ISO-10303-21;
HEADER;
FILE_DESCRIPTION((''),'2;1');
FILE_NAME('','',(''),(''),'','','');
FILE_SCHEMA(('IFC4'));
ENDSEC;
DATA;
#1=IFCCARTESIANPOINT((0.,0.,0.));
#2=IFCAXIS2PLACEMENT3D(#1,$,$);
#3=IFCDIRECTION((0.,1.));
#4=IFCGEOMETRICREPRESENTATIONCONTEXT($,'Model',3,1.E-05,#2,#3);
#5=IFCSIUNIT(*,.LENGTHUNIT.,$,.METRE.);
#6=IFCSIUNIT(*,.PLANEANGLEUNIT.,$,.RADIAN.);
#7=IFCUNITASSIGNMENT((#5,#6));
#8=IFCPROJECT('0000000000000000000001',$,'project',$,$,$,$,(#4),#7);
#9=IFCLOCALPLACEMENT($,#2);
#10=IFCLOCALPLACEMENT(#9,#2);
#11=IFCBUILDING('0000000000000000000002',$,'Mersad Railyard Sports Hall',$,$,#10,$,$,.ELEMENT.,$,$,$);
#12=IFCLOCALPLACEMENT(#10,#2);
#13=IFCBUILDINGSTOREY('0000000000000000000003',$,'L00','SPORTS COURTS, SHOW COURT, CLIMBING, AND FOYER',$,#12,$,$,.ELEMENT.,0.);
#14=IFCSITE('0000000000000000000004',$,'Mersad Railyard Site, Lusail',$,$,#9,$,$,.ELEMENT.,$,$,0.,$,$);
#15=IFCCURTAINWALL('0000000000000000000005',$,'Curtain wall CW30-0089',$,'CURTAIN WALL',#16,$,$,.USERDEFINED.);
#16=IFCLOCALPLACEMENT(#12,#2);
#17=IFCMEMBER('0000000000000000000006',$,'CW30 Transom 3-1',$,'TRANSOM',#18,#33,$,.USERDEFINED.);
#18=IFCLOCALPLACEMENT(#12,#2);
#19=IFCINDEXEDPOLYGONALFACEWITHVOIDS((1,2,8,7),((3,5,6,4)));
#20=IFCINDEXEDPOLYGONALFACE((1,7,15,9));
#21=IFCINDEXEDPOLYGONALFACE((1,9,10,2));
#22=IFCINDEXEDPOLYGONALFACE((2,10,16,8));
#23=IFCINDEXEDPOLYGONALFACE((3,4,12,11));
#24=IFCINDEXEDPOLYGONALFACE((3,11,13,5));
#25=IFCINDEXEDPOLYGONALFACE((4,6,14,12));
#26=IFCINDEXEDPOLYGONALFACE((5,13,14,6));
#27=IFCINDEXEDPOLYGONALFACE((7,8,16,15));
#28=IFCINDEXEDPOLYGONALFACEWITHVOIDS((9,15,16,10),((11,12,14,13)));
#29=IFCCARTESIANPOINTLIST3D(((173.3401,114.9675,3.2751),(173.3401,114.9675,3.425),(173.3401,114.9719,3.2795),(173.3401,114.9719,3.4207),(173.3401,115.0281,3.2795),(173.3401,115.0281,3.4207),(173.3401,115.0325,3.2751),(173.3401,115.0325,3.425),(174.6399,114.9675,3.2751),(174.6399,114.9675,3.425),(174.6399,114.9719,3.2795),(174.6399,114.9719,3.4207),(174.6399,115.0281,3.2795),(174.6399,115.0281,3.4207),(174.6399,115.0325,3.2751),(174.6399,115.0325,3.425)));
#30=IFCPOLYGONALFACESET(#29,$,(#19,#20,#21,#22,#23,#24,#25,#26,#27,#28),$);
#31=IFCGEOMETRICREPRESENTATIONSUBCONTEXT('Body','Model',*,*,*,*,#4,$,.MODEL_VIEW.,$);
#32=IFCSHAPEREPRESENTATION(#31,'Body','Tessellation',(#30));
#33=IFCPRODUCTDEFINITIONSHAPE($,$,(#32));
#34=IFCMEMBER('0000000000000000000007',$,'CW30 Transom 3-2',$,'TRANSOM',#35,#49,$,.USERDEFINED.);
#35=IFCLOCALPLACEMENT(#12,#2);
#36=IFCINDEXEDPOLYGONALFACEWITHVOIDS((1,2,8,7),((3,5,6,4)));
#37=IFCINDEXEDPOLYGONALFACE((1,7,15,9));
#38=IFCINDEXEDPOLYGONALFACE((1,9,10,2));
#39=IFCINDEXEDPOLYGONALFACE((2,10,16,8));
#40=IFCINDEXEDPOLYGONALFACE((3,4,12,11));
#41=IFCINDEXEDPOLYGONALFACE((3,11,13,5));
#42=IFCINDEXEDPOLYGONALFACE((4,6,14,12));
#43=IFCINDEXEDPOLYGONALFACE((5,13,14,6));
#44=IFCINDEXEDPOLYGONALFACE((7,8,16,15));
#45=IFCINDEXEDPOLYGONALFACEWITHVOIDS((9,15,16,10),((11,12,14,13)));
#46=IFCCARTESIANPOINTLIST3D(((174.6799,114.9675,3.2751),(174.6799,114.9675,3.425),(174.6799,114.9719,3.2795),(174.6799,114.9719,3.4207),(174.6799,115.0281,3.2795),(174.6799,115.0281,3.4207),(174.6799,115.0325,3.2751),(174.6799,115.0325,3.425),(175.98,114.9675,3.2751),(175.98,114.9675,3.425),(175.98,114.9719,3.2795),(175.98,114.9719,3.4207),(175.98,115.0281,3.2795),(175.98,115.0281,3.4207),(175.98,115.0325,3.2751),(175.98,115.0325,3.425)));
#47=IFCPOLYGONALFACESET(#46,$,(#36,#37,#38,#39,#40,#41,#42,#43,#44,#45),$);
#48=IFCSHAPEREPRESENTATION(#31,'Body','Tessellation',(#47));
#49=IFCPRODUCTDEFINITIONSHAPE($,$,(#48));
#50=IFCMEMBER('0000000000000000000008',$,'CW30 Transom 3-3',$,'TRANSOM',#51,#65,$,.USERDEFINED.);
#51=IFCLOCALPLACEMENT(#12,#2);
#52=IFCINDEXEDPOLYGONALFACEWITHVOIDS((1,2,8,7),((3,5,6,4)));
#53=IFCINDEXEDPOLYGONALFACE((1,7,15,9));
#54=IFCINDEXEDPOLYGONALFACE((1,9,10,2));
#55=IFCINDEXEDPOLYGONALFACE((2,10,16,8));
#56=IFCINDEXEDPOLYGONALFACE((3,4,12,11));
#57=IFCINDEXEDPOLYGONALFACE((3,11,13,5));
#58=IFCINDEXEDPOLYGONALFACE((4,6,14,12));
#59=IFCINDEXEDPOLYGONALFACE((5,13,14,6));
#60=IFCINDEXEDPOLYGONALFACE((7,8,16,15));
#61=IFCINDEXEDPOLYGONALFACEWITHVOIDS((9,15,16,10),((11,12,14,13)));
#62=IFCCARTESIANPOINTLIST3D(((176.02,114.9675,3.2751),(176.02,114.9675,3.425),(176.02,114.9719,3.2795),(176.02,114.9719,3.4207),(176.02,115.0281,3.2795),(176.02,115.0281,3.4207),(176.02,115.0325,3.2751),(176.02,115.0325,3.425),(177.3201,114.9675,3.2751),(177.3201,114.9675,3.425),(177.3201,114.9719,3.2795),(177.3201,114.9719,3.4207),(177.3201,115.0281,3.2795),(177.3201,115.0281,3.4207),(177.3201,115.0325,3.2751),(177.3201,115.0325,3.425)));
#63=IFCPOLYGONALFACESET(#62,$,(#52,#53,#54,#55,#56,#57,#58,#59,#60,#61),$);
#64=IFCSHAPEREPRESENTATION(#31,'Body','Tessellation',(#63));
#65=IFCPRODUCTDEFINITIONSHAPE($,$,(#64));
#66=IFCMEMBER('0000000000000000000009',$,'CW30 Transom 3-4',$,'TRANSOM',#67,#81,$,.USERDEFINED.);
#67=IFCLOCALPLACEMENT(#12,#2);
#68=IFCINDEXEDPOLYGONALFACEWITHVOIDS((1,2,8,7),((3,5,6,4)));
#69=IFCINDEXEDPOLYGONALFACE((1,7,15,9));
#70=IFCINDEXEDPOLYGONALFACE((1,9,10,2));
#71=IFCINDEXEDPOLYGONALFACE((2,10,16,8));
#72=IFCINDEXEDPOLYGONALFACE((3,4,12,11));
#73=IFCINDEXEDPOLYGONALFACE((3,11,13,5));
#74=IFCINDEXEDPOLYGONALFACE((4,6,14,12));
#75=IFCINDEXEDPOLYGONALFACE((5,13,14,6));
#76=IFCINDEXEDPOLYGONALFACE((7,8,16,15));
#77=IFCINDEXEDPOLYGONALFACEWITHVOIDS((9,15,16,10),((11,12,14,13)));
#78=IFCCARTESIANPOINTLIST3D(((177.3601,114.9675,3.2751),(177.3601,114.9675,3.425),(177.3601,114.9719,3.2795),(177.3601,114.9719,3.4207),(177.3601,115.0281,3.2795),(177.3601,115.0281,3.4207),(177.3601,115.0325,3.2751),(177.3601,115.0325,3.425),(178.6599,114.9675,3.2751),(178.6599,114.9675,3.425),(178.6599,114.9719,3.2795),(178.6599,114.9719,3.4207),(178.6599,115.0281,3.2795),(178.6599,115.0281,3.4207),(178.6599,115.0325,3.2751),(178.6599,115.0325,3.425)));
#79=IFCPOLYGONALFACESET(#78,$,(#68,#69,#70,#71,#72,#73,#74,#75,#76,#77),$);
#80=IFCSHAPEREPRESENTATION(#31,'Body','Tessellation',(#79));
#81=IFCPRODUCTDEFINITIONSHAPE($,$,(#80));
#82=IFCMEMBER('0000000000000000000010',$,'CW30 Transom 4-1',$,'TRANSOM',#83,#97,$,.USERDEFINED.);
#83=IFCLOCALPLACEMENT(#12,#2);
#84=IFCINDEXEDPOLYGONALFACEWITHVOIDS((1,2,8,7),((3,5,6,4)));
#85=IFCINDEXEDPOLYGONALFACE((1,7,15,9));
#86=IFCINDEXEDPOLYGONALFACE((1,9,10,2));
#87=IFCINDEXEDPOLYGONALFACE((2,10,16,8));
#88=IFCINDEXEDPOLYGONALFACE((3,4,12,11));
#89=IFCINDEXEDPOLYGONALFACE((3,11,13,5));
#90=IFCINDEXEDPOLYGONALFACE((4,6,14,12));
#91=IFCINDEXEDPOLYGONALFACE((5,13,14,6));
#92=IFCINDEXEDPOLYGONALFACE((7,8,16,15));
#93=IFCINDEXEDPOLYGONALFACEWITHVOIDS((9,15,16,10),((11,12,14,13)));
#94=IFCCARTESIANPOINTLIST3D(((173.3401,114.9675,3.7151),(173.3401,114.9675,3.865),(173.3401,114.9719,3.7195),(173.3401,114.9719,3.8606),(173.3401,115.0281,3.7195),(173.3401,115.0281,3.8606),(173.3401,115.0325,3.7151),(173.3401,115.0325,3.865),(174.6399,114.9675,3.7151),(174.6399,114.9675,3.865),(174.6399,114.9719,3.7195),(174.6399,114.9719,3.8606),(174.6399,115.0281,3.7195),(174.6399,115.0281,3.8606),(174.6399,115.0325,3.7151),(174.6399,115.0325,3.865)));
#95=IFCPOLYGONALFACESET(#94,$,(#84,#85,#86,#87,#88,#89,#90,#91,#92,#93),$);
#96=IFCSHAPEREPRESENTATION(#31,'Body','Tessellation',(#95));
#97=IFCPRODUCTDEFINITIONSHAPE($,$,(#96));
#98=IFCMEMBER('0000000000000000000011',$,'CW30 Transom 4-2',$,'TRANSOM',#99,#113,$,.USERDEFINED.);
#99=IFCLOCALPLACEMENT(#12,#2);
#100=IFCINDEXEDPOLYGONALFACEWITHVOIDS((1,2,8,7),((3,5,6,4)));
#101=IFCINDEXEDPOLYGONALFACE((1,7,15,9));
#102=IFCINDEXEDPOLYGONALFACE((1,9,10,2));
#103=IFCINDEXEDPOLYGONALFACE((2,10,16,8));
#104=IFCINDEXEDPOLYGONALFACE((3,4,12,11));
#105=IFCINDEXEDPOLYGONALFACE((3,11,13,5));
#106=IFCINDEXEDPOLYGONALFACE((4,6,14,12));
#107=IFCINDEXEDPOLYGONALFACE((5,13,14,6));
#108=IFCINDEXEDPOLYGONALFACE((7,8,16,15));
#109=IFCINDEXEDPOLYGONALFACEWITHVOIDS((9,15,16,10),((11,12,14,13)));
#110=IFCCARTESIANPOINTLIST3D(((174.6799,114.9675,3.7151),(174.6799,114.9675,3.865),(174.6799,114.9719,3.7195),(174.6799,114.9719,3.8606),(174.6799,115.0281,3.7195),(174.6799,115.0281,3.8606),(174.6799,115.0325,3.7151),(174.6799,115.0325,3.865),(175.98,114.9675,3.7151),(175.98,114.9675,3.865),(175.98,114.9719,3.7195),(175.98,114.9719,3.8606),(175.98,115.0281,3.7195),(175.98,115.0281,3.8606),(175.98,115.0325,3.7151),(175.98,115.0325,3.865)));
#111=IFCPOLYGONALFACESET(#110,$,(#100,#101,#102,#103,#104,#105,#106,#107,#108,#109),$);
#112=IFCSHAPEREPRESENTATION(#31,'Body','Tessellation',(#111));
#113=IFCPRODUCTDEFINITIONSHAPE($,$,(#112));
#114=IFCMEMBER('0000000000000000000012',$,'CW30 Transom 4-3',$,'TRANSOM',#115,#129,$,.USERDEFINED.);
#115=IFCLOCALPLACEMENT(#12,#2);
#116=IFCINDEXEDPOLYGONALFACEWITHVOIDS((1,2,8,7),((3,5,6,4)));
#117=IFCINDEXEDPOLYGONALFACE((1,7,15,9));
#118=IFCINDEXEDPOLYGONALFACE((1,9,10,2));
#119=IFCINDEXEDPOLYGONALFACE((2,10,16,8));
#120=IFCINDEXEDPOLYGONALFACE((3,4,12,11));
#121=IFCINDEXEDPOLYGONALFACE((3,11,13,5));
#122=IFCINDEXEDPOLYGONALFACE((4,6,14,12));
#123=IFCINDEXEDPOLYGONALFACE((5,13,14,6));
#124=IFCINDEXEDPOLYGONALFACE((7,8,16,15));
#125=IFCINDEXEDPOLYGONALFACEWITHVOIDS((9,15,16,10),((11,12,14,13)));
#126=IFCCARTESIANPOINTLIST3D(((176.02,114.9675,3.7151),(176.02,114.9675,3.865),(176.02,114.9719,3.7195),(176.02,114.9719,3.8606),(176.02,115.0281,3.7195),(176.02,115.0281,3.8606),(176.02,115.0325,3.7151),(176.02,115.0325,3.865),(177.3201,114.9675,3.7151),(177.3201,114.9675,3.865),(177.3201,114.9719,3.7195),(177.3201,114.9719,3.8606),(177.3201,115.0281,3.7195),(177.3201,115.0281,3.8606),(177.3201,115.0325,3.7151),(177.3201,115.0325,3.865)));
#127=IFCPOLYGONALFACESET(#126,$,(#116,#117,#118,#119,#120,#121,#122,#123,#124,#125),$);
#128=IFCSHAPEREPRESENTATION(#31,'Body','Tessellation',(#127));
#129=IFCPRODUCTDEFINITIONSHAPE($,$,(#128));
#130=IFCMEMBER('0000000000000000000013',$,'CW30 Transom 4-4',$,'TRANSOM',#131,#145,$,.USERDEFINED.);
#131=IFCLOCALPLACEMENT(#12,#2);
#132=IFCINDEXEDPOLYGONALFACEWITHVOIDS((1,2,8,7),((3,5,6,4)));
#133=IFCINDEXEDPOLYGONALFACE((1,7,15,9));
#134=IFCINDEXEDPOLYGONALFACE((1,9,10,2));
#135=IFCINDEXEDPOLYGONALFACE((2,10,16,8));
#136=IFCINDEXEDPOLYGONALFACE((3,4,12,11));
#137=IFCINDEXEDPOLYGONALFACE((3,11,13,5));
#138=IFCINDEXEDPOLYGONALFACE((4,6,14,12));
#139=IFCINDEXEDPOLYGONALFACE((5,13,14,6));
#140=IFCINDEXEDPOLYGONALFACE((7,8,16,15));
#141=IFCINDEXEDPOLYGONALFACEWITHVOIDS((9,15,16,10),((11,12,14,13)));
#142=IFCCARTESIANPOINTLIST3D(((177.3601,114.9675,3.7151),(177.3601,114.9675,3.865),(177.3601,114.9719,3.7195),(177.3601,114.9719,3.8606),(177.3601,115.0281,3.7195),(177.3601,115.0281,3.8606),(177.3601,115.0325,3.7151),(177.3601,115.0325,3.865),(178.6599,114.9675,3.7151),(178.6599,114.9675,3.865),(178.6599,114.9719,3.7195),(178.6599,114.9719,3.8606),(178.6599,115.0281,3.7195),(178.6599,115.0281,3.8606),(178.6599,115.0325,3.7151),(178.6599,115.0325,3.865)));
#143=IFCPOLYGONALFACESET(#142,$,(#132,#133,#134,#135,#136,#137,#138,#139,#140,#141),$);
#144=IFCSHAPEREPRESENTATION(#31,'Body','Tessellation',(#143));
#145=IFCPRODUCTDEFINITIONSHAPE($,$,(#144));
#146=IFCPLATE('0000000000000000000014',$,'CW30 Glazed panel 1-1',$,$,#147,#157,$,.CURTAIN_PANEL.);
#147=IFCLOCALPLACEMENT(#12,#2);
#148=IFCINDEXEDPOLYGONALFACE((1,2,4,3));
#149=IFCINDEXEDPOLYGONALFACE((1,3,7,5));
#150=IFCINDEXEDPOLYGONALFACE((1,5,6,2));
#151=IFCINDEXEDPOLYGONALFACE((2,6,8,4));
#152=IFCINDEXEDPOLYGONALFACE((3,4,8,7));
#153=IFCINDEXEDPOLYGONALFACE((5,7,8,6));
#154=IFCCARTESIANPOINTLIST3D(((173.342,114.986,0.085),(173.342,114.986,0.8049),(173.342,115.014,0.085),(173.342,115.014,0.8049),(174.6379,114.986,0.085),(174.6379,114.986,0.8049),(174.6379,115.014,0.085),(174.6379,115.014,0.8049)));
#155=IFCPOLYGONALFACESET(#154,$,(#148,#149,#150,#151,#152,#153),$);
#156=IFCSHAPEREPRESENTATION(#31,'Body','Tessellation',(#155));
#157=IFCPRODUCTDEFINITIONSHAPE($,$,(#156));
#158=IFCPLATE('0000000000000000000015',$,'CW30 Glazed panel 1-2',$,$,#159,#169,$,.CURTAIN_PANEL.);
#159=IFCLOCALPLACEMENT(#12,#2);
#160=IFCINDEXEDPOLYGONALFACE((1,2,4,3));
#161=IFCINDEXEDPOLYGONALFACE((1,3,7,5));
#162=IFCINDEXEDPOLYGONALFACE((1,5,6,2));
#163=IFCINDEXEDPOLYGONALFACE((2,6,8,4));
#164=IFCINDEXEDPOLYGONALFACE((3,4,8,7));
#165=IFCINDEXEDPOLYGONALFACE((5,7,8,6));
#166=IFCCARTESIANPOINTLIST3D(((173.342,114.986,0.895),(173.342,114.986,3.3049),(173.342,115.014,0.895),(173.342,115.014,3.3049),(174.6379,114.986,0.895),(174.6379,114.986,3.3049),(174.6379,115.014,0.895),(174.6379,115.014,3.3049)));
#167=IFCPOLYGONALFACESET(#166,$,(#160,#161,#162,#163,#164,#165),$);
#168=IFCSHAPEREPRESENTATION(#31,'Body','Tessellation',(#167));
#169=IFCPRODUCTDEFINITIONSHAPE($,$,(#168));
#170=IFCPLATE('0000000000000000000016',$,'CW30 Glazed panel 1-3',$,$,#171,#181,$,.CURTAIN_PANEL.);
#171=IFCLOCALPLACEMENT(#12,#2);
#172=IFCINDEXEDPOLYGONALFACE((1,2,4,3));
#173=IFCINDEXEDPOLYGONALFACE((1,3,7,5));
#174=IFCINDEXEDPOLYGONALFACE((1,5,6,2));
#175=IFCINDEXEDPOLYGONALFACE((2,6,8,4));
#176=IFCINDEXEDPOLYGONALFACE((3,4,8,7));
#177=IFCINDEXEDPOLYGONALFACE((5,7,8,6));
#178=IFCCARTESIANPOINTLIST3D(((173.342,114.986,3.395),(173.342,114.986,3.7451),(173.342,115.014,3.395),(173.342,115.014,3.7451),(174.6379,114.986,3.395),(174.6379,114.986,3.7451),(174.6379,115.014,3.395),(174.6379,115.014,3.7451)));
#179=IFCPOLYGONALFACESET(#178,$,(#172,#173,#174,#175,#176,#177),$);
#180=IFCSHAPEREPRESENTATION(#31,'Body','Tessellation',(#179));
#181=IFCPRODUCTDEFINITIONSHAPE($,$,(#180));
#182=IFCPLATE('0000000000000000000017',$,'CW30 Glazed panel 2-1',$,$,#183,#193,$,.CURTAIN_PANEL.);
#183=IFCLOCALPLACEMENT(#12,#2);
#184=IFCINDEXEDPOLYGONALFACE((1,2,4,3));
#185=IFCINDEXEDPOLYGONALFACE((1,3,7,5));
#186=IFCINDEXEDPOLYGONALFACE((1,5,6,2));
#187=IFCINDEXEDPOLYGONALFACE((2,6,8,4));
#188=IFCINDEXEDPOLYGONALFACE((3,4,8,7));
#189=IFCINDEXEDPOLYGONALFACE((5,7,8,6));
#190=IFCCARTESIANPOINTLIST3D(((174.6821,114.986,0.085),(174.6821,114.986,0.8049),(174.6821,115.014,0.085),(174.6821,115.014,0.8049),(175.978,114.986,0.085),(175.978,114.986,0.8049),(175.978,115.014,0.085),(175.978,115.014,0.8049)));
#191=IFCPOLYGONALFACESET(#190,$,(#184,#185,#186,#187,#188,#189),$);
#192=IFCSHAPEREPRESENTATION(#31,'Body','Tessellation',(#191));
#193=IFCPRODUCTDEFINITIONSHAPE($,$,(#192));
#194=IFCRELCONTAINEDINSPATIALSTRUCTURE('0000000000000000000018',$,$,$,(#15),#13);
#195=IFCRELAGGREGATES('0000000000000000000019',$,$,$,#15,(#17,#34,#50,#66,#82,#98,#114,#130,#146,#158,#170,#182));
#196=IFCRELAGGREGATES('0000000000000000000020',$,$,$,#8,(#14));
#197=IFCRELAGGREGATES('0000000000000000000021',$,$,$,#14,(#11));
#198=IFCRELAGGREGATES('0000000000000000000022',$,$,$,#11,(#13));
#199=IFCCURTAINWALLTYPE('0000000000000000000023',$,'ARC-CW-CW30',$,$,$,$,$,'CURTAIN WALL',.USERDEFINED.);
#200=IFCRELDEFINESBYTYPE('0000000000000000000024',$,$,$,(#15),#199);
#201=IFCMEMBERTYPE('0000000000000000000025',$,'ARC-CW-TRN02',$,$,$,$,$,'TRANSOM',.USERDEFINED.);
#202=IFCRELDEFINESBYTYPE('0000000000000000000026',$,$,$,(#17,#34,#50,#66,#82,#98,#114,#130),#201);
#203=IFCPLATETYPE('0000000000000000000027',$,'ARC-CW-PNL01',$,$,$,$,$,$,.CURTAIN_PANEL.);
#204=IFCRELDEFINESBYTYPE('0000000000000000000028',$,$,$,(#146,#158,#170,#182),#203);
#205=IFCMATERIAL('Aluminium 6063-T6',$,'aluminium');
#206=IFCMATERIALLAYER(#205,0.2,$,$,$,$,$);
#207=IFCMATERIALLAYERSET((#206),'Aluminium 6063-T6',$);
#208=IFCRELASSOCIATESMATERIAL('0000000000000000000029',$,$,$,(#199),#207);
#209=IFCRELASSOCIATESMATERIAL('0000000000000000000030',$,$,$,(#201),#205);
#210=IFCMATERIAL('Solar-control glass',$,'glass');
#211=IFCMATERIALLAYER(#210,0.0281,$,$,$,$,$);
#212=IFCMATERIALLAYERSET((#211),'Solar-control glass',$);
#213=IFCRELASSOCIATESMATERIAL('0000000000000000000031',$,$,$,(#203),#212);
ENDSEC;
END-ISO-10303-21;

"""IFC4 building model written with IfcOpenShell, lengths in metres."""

from ifc_helpers import new_model, si_unit, direction, frame, origin, origin_2d, place, context, subcontext, project, spatial, rectangle, hollow_rectangle, extrude, material, layer, layer_set, material_profile, profile_set, type_object, element, aggregate, save


model = new_model("IFC4")

# Units and contexts
model_context = context("Model", 3, precision=1e-05, world=origin(), true_north=direction((0.0, 1.0)))
body_context = subcontext(model_context, "Body", "Model", "MODEL_VIEW")
ifc_project = project(units=[si_unit("LENGTHUNIT", "METRE"), si_unit("PLANEANGLEUNIT", "RADIAN")], contexts=[model_context])

# Site, building, storey
site_placement = place(None, origin())
site = spatial("IfcSite", under=ifc_project, at=site_placement, Name="Mersad Railyard Site, Lusail", CompositionType="ELEMENT", RefElevation=0.0)
building_placement = place(site_placement, origin())
building = spatial("IfcBuilding", under=site, at=building_placement, Name="Mersad Railyard Sports Hall", CompositionType="ELEMENT")
storey_placement = place(building_placement, origin())
storey = spatial("IfcBuildingStorey", under=building, at=storey_placement, Name="L00", Description="SPORTS COURTS, SHOW COURT, CLIMBING, AND FOYER", CompositionType="ELEMENT", Elevation=0.0)

# Curtain wall, members, plates
ifc_material_1 = material(Name="Aluminium 6063-T6", Category="aluminium")
ifc_layer_1 = layer(ifc_material_1, 0.2)
ifc_layer_set_1 = layer_set([ifc_layer_1], Name="Aluminium 6063-T6")
curtain_wall_type = type_object("IfcCurtainWallType", Name="ARC-CW-CW30", ElementType="CURTAIN WALL", PredefinedType="USERDEFINED", material=ifc_layer_set_1)
curtain_wall_placement = place(storey_placement, origin())
curtain_wall = element("IfcCurtainWall", 1, at=curtain_wall_placement, inside=storey, type_object=curtain_wall_type, Name="Curtain wall CW30-0089", ObjectType="CURTAIN WALL", PredefinedType="USERDEFINED")
ifc_material_profile_1 = material_profile(ifc_material_1, hollow_rectangle(XDim=0.0649, YDim=0.1499, WallThickness=0.0044, at=origin_2d()), Name="AL TRANSOM 65x150x4.5")
ifc_profile_set_1 = profile_set([ifc_material_profile_1], Name="Aluminium 6063-T6")
member_type_1 = type_object("IfcMemberType", Name="ARC-CW-TRN02", ElementType="TRANSOM", PredefinedType="USERDEFINED", material=ifc_profile_set_1)
member_1_placement = place(storey_placement, frame((173.3401, 115.0, 3.3501), z_axis=(1.0, 0.0, 0.0), x_axis=(0.0, 1.0, 0.0)))
member_1 = element("IfcMember", 2, at=member_1_placement, type_object=member_type_1, Name="CW30 Transom 3-1", ObjectType="TRANSOM", PredefinedType="USERDEFINED", context=body_context, shape_type="SweptSolid", body=[
    extrude(hollow_rectangle(XDim=0.0649, YDim=0.1499, WallThickness=0.0044, at=origin_2d()), origin(), (0.0, 0.0, 1.0), 1.2998),
])
member_2_placement = place(storey_placement, frame((174.6799, 115.0, 3.3501), z_axis=(1.0, 0.0, 0.0), x_axis=(0.0, 1.0, 0.0)))
member_2 = element("IfcMember", 3, at=member_2_placement, type_object=member_type_1, Name="CW30 Transom 3-2", ObjectType="TRANSOM", PredefinedType="USERDEFINED", context=body_context, shape_type="SweptSolid", body=[
    extrude(hollow_rectangle(XDim=0.0649, YDim=0.1499, WallThickness=0.0044, at=origin_2d()), origin(), (0.0, 0.0, 1.0), 1.3),
])
member_3_placement = place(storey_placement, frame((176.02, 115.0, 3.3501), z_axis=(1.0, 0.0, 0.0), x_axis=(0.0, 1.0, 0.0)))
member_3 = element("IfcMember", 4, at=member_3_placement, type_object=member_type_1, Name="CW30 Transom 3-3", ObjectType="TRANSOM", PredefinedType="USERDEFINED", context=body_context, shape_type="SweptSolid", body=[
    extrude(hollow_rectangle(XDim=0.0649, YDim=0.1499, WallThickness=0.0044, at=origin_2d()), origin(), (0.0, 0.0, 1.0), 1.3),
])
member_4_placement = place(storey_placement, frame((177.3601, 115.0, 3.3501), z_axis=(1.0, 0.0, 0.0), x_axis=(0.0, 1.0, 0.0)))
member_4 = element("IfcMember", 5, at=member_4_placement, type_object=member_type_1, Name="CW30 Transom 3-4", ObjectType="TRANSOM", PredefinedType="USERDEFINED", context=body_context, shape_type="SweptSolid", body=[
    extrude(hollow_rectangle(XDim=0.0649, YDim=0.1499, WallThickness=0.0044, at=origin_2d()), origin(), (0.0, 0.0, 1.0), 1.2998),
])
member_5_placement = place(storey_placement, frame((173.3401, 115.0, 3.79), z_axis=(1.0, 0.0, 0.0), x_axis=(0.0, 1.0, 0.0)))
member_5 = element("IfcMember", 6, at=member_5_placement, type_object=member_type_1, Name="CW30 Transom 4-1", ObjectType="TRANSOM", PredefinedType="USERDEFINED", context=body_context, shape_type="SweptSolid", body=[
    extrude(hollow_rectangle(XDim=0.0649, YDim=0.1499, WallThickness=0.0044, at=origin_2d()), origin(), (0.0, 0.0, 1.0), 1.2998),
])
member_6_placement = place(storey_placement, frame((174.6799, 115.0, 3.79), z_axis=(1.0, 0.0, 0.0), x_axis=(0.0, 1.0, 0.0)))
member_6 = element("IfcMember", 7, at=member_6_placement, type_object=member_type_1, Name="CW30 Transom 4-2", ObjectType="TRANSOM", PredefinedType="USERDEFINED", context=body_context, shape_type="SweptSolid", body=[
    extrude(hollow_rectangle(XDim=0.0649, YDim=0.1499, WallThickness=0.0044, at=origin_2d()), origin(), (0.0, 0.0, 1.0), 1.3),
])
member_7_placement = place(storey_placement, frame((176.02, 115.0, 3.79), z_axis=(1.0, 0.0, 0.0), x_axis=(0.0, 1.0, 0.0)))
member_7 = element("IfcMember", 8, at=member_7_placement, type_object=member_type_1, Name="CW30 Transom 4-3", ObjectType="TRANSOM", PredefinedType="USERDEFINED", context=body_context, shape_type="SweptSolid", body=[
    extrude(hollow_rectangle(XDim=0.0649, YDim=0.1499, WallThickness=0.0044, at=origin_2d()), origin(), (0.0, 0.0, 1.0), 1.3),
])
member_8_placement = place(storey_placement, frame((177.3601, 115.0, 3.79), z_axis=(1.0, 0.0, 0.0), x_axis=(0.0, 1.0, 0.0)))
member_8 = element("IfcMember", 9, at=member_8_placement, type_object=member_type_1, Name="CW30 Transom 4-4", ObjectType="TRANSOM", PredefinedType="USERDEFINED", context=body_context, shape_type="SweptSolid", body=[
    extrude(hollow_rectangle(XDim=0.0649, YDim=0.1499, WallThickness=0.0044, at=origin_2d()), origin(), (0.0, 0.0, 1.0), 1.2998),
])
ifc_material_2 = material(Name="Solar-control glass", Category="glass")
ifc_layer_2 = layer(ifc_material_2, 0.0281)
ifc_layer_set_2 = layer_set([ifc_layer_2], Name="Solar-control glass")
plate_type = type_object("IfcPlateType", Name="ARC-CW-PNL01", PredefinedType="CURTAIN_PANEL", material=ifc_layer_set_2)
plate_1_placement = place(storey_placement, frame((173.99, 115.0, 0.085), z_axis=(0.0, 0.0, 1.0), x_axis=(1.0, 0.0, 0.0)))
plate_1 = element("IfcPlate", 10, at=plate_1_placement, type_object=plate_type, Name="CW30 Glazed panel 1-1", PredefinedType="CURTAIN_PANEL", context=body_context, shape_type="SweptSolid", body=[
    extrude(rectangle(XDim=1.2959, YDim=0.0281, at=origin_2d()), origin(), (0.0, 0.0, 1.0), 0.72),
])
plate_2_placement = place(storey_placement, frame((173.99, 115.0, 0.895), z_axis=(0.0, 0.0, 1.0), x_axis=(1.0, 0.0, 0.0)))
plate_2 = element("IfcPlate", 11, at=plate_2_placement, type_object=plate_type, Name="CW30 Glazed panel 1-2", PredefinedType="CURTAIN_PANEL", context=body_context, shape_type="SweptSolid", body=[
    extrude(rectangle(XDim=1.2959, YDim=0.0281, at=origin_2d()), origin(), (0.0, 0.0, 1.0), 2.4099),
])
plate_3_placement = place(storey_placement, frame((173.99, 115.0, 3.395), z_axis=(0.0, 0.0, 1.0), x_axis=(1.0, 0.0, 0.0)))
plate_3 = element("IfcPlate", 12, at=plate_3_placement, type_object=plate_type, Name="CW30 Glazed panel 1-3", PredefinedType="CURTAIN_PANEL", context=body_context, shape_type="SweptSolid", body=[
    extrude(rectangle(XDim=1.2959, YDim=0.0281, at=origin_2d()), origin(), (0.0, 0.0, 1.0), 0.3501),
])
plate_4_placement = place(storey_placement, frame((175.3301, 115.0, 0.085), z_axis=(0.0, 0.0, 1.0), x_axis=(1.0, 0.0, 0.0)))
plate_4 = element("IfcPlate", 13, at=plate_4_placement, type_object=plate_type, Name="CW30 Glazed panel 2-1", PredefinedType="CURTAIN_PANEL", context=body_context, shape_type="SweptSolid", body=[
    extrude(rectangle(XDim=1.2959, YDim=0.0281, at=origin_2d()), origin(), (0.0, 0.0, 1.0), 0.72),
])
aggregate(curtain_wall, [member_1, member_2, member_3, member_4, member_5, member_6, member_7, member_8, plate_1, plate_2, plate_3, plate_4])

save(model, "model.ifc")
